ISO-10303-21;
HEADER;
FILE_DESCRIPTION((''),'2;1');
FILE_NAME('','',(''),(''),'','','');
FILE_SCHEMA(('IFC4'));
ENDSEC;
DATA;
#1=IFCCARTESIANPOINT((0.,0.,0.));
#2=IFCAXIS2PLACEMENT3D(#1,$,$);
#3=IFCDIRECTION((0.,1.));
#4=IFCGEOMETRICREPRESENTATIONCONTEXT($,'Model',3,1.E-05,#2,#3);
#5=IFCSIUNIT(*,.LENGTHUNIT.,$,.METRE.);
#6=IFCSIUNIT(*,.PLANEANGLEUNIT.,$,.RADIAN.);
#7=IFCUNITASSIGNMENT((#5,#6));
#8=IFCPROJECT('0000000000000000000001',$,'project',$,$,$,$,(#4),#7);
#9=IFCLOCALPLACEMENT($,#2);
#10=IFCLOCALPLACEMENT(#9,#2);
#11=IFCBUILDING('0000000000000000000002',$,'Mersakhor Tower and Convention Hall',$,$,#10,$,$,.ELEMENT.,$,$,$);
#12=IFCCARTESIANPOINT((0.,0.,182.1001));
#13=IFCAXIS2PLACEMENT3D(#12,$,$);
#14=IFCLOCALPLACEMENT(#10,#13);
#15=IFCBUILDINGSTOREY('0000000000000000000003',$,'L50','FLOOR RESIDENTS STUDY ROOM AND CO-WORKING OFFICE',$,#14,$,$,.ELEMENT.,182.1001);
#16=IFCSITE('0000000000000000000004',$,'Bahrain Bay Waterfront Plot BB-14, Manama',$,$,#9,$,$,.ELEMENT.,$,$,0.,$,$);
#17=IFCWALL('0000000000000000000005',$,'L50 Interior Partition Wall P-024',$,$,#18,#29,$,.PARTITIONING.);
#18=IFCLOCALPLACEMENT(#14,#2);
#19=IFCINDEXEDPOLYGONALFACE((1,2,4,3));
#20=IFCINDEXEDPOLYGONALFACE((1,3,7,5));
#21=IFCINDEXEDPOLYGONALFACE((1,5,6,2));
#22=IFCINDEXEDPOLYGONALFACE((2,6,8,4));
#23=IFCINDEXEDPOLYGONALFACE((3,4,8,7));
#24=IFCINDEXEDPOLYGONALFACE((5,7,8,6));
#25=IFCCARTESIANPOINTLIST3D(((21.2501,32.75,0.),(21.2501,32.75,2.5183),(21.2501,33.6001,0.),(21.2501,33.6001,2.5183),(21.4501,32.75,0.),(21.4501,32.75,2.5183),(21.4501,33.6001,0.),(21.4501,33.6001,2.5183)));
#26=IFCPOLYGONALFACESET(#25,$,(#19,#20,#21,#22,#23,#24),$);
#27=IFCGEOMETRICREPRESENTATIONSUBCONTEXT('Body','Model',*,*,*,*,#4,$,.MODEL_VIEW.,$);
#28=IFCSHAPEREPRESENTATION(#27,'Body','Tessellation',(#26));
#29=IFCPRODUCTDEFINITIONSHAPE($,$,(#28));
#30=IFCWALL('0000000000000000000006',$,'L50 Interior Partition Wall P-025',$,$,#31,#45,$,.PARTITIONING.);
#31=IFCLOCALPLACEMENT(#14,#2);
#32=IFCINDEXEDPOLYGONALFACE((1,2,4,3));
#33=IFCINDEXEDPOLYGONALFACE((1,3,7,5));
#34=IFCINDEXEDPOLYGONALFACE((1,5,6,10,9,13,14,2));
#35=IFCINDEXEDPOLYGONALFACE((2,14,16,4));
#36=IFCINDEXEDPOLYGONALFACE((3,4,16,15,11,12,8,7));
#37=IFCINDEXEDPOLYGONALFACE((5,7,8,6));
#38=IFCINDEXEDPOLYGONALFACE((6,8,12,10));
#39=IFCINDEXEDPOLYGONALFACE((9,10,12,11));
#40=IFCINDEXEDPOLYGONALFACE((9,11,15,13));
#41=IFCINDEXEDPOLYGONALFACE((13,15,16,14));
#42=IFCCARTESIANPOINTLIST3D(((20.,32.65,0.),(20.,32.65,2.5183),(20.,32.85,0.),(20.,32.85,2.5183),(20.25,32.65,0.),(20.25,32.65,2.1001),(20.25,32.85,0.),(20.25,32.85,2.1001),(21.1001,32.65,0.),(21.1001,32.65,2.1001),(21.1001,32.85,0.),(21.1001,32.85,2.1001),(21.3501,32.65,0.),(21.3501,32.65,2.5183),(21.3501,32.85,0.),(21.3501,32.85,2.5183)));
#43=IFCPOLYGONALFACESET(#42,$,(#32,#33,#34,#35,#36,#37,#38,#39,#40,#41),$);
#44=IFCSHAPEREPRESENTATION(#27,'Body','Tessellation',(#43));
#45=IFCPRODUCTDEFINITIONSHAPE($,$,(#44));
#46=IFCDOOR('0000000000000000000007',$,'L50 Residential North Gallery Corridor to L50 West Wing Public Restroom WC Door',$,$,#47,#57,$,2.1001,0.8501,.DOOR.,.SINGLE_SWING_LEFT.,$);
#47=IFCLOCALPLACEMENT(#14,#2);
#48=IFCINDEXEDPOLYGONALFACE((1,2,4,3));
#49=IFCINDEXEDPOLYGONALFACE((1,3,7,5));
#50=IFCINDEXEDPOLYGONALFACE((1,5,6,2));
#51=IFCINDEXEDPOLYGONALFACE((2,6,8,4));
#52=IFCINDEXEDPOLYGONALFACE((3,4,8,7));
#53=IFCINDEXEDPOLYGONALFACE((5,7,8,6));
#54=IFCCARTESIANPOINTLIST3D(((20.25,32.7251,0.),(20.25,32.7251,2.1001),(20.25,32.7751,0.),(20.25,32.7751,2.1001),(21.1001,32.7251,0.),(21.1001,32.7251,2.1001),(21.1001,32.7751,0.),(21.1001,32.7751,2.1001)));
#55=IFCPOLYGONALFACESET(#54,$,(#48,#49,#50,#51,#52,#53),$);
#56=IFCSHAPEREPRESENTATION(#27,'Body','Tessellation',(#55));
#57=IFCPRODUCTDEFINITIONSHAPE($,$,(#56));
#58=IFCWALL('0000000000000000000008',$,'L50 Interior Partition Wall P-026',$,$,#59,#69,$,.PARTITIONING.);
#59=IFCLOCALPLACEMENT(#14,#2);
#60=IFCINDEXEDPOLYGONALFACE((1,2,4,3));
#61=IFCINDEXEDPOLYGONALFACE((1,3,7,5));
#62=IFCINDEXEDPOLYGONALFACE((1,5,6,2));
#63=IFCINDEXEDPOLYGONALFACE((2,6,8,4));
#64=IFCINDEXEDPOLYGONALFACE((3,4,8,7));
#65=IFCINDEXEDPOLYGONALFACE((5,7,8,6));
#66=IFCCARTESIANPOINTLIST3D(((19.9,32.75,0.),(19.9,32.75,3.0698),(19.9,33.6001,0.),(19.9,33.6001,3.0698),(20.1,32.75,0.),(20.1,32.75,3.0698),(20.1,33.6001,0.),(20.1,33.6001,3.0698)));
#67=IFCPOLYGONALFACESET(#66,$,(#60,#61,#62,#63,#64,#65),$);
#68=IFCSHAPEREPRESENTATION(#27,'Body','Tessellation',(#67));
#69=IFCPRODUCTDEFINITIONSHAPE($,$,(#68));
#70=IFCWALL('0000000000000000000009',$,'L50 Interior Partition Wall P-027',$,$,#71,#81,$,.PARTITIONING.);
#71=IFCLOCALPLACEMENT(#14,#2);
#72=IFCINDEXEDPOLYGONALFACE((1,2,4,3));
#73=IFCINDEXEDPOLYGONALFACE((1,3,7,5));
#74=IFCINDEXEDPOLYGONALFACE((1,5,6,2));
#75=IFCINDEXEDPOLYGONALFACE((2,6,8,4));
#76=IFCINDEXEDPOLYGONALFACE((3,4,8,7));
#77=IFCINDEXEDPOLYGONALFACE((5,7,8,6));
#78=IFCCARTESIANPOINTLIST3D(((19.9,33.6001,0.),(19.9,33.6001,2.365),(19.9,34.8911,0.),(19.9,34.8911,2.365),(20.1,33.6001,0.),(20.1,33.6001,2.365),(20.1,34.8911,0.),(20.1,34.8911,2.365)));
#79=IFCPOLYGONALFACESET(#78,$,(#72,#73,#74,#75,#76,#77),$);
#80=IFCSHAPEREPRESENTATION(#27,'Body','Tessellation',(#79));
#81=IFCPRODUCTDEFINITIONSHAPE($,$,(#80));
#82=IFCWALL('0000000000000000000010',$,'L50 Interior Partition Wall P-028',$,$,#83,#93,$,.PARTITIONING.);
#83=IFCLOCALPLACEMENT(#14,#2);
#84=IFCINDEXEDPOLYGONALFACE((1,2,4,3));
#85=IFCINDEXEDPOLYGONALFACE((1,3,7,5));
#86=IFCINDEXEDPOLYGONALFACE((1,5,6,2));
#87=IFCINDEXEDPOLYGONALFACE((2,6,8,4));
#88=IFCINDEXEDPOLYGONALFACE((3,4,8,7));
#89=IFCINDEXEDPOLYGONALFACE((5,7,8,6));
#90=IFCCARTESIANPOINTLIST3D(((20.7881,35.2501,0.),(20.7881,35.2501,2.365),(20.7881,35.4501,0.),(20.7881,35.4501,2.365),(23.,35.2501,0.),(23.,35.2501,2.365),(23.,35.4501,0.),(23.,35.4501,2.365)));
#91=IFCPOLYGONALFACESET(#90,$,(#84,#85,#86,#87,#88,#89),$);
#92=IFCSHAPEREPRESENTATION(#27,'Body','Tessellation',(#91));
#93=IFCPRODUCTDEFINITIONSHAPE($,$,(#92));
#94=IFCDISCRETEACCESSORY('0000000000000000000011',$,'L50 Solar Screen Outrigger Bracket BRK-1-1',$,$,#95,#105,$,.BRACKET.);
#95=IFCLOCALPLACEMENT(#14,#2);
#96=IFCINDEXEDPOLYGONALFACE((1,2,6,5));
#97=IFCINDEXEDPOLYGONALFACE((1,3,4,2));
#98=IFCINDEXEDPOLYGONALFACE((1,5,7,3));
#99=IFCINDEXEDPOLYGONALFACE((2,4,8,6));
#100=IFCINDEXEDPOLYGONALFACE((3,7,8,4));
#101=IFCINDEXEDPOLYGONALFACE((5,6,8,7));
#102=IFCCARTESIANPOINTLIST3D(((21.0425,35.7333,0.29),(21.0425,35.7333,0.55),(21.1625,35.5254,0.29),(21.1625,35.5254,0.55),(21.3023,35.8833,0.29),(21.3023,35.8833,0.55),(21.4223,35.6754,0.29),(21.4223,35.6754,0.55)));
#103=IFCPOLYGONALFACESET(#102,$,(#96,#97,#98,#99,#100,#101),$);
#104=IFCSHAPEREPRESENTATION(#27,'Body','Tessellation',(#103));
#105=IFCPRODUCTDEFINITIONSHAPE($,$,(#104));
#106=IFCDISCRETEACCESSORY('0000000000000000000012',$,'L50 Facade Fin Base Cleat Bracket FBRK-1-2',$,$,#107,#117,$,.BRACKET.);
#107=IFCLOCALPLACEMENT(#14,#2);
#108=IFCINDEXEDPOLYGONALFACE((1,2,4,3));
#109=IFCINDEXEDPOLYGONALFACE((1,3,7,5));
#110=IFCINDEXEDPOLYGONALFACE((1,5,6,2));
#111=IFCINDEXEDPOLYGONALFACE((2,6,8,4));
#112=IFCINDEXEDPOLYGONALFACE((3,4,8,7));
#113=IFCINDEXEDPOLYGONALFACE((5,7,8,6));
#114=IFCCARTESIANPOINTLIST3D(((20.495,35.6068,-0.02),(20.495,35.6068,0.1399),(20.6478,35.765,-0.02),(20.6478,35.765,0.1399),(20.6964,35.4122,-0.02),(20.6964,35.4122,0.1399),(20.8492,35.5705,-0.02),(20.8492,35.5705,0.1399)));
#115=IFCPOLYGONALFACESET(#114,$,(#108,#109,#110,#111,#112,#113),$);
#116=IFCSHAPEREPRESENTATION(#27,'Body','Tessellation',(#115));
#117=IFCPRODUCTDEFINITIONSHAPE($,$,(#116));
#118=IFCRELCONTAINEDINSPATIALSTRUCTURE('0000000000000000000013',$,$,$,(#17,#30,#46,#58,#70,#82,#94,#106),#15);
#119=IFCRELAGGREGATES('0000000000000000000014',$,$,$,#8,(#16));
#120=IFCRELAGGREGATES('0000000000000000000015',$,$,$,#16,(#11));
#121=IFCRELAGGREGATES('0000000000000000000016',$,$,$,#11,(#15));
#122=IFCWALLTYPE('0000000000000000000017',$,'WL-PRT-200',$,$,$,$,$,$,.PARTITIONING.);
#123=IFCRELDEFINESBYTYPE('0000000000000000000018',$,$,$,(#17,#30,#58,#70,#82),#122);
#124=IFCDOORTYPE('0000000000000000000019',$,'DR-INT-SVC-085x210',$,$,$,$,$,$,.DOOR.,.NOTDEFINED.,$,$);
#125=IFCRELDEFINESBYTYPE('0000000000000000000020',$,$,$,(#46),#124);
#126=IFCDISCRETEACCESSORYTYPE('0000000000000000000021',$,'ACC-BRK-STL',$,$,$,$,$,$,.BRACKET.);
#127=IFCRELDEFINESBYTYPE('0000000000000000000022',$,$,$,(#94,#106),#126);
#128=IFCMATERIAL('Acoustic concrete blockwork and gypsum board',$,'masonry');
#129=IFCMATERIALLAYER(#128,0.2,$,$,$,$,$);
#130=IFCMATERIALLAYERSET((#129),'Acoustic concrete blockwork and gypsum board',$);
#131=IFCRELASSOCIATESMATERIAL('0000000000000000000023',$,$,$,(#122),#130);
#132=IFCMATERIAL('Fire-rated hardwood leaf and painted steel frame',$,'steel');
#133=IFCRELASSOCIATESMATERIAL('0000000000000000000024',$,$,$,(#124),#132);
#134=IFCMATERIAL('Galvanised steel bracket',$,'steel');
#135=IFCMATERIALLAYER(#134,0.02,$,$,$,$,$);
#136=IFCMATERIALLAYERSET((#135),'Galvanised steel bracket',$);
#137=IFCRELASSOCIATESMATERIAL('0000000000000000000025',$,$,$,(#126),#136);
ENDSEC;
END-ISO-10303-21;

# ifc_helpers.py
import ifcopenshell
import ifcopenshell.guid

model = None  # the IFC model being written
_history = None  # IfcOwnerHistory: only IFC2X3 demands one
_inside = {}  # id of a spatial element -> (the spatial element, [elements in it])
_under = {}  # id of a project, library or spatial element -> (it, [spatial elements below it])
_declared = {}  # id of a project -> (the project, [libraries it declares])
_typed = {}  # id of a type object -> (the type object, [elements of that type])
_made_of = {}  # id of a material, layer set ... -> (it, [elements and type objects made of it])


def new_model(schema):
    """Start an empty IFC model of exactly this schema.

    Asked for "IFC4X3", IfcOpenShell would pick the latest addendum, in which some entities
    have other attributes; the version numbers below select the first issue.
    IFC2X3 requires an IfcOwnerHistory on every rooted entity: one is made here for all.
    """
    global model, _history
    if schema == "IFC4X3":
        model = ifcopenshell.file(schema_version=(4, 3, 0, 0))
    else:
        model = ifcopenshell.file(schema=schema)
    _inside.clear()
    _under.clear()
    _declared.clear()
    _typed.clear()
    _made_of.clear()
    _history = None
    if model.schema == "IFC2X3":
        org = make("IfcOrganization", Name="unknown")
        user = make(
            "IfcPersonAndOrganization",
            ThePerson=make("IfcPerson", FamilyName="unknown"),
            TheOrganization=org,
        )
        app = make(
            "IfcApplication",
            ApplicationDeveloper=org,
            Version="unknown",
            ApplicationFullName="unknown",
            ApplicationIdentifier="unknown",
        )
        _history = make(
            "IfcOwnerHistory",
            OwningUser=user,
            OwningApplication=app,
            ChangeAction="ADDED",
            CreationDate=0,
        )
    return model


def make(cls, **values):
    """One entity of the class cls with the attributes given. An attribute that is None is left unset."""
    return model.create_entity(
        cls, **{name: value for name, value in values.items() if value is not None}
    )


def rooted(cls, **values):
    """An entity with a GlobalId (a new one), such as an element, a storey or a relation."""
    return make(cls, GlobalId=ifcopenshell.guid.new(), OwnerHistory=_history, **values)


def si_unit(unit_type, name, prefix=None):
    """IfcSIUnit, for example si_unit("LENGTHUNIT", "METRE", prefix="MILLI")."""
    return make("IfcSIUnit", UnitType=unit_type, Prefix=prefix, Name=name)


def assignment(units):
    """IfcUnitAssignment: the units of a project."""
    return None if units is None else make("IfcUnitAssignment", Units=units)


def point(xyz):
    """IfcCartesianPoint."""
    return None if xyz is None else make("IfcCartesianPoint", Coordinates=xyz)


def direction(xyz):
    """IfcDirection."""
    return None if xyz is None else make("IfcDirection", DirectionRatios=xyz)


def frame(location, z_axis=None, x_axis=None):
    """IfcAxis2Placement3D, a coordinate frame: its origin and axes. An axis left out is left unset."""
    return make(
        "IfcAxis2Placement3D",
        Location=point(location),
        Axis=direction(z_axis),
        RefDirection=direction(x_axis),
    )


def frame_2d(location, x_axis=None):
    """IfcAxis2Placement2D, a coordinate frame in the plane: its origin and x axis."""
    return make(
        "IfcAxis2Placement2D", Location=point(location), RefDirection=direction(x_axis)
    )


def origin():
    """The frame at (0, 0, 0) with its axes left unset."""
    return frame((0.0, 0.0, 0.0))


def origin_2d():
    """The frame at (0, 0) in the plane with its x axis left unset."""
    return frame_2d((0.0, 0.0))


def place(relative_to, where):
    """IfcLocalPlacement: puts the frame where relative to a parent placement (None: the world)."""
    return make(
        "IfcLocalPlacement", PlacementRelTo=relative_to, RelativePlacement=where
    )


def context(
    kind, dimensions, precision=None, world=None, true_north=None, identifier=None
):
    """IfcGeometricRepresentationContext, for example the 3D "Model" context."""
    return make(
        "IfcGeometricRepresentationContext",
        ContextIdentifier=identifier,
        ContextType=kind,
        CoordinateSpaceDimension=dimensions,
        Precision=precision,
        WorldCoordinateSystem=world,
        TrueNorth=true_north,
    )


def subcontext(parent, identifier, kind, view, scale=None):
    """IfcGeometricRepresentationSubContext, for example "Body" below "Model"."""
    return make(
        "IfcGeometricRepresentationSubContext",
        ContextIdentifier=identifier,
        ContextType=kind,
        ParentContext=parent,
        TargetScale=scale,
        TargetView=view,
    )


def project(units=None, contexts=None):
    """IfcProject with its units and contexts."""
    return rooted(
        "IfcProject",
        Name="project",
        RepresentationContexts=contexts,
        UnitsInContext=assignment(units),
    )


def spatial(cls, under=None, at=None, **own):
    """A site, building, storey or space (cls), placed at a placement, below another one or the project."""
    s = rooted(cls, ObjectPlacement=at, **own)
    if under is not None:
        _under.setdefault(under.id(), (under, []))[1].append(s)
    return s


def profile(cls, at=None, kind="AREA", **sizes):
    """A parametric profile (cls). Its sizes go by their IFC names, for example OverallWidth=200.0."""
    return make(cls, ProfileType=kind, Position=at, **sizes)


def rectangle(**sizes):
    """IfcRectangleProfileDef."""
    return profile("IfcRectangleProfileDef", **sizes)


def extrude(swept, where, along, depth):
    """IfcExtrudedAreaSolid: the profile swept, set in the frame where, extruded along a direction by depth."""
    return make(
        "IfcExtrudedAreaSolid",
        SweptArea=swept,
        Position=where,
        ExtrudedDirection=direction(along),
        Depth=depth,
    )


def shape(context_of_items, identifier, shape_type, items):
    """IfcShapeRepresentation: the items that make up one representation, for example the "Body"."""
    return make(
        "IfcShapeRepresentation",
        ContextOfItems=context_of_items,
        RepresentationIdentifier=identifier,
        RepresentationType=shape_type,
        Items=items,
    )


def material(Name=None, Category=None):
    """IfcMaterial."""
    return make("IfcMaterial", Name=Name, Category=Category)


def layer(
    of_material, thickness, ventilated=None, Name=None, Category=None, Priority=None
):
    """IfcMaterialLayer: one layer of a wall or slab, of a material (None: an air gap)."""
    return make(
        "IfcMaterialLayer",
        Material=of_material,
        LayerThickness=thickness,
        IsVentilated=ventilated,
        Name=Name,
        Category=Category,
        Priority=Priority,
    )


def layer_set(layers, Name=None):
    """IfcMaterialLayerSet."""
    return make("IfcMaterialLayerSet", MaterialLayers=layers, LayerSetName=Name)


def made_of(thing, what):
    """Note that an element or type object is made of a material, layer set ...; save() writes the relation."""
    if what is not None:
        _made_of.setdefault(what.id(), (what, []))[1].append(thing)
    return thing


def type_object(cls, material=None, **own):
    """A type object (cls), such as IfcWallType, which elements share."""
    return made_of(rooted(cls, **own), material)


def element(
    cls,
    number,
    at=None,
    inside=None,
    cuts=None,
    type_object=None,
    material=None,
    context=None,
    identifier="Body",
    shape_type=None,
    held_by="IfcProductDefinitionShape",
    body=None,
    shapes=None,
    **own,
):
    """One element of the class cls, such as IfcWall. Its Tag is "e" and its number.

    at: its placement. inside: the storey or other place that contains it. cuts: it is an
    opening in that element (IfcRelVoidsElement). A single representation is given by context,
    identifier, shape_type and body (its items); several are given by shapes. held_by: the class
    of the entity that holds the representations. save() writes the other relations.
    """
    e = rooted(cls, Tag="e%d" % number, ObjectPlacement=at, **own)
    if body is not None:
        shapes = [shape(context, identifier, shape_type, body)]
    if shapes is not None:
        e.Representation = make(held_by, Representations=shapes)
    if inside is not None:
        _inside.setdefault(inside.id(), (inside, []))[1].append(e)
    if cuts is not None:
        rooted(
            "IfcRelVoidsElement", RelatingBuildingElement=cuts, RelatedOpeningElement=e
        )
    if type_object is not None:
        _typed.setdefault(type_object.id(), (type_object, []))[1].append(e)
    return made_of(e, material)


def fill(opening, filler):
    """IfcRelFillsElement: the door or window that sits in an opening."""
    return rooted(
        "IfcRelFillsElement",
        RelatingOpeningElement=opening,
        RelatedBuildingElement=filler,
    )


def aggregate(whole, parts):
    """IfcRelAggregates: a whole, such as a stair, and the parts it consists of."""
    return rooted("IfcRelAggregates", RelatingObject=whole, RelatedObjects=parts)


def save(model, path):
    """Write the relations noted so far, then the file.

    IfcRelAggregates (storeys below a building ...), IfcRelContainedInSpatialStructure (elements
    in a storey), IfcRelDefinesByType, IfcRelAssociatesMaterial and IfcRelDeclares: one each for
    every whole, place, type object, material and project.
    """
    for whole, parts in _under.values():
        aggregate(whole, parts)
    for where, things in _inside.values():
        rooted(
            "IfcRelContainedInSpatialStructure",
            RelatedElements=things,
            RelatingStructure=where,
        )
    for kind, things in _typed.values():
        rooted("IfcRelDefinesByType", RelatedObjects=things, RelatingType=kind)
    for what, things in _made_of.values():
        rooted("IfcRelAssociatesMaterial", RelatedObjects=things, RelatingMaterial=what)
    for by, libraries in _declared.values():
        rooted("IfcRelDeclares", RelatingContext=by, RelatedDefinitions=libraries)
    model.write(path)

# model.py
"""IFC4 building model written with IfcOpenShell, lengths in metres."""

from ifc_helpers import new_model, si_unit, direction, frame, frame_2d, origin, origin_2d, place, context, subcontext, project, spatial, rectangle, extrude, material, layer, layer_set, type_object, element, fill, save


model = new_model("IFC4")

# Units and contexts
model_context = context("Model", 3, precision=1e-05, world=origin(), true_north=direction((0.0, 1.0)))
body_context = subcontext(model_context, "Body", "Model", "MODEL_VIEW")
ifc_project = project(units=[si_unit("LENGTHUNIT", "METRE"), si_unit("PLANEANGLEUNIT", "RADIAN")], contexts=[model_context])

# Site, building, storey
site_placement = place(None, origin())
site = spatial("IfcSite", under=ifc_project, at=site_placement, Name="Bahrain Bay Waterfront Plot BB-14, Manama", CompositionType="ELEMENT", RefElevation=0.0)
building_placement = place(site_placement, origin())
building = spatial("IfcBuilding", under=site, at=building_placement, Name="Mersakhor Tower and Convention Hall", CompositionType="ELEMENT")
storey_placement = place(building_placement, frame((0.0, 0.0, 182.1001)))
storey = spatial("IfcBuildingStorey", under=building, at=storey_placement, Name="L50", Description="FLOOR RESIDENTS STUDY ROOM AND CO-WORKING OFFICE", CompositionType="ELEMENT", Elevation=182.1001)

# Wall
ifc_material_1 = material(Name="Acoustic concrete blockwork and gypsum board", Category="masonry")
ifc_layer_1 = layer(ifc_material_1, 0.2)
ifc_layer_set_1 = layer_set([ifc_layer_1], Name="Acoustic concrete blockwork and gypsum board")
wall_type_1 = type_object("IfcWallType", Name="WL-PRT-200", PredefinedType="PARTITIONING", material=ifc_layer_set_1)
wall_1_placement = place(storey_placement, frame((21.3501, 33.6001, 0.0), z_axis=(0.0, 0.0, 1.0), x_axis=(0.0, -1.0, 0.0)))
element("IfcWall", 1, at=wall_1_placement, inside=storey, type_object=wall_type_1, Name="L50 Interior Partition Wall P-024", PredefinedType="PARTITIONING", context=body_context, shape_type="SweptSolid", body=[
    extrude(rectangle(XDim=0.8501, YDim=0.2, at=frame_2d((0.425, 0.0))), origin(), (0.0, 0.0, 1.0), 2.5183),
])

# Wall, opening, door
wall_2_placement = place(storey_placement, frame((21.3501, 32.75, 0.0), z_axis=(0.0, 0.0, 1.0), x_axis=(-1.0, 0.0, 0.0)))
wall_2 = element("IfcWall", 2, at=wall_2_placement, inside=storey, type_object=wall_type_1, Name="L50 Interior Partition Wall P-025", PredefinedType="PARTITIONING", context=body_context, shape_type="SweptSolid", body=[
    extrude(rectangle(XDim=1.3501, YDim=0.2, at=frame_2d((0.675, 0.0))), origin(), (0.0, 0.0, 1.0), 2.5183),
])
opening_placement = place(wall_2_placement, frame((0.25, 0.0, 0.0)))
opening = element("IfcOpeningElement", 3, at=opening_placement, cuts=wall_2, PredefinedType="OPENING", context=body_context, shape_type="SweptSolid", body=[
    extrude(rectangle(XDim=0.8501, YDim=2.1001, at=frame_2d((0.425, 1.05))), frame((0.0, 0.1099, 0.0), z_axis=(0.0, -1.0, 0.0), x_axis=(1.0, 0.0, 0.0)), (0.0, 0.0, 1.0), 0.22),
])
ifc_material_2 = material(Name="Fire-rated hardwood leaf and painted steel frame", Category="steel")
door_type = type_object("IfcDoorType", Name="DR-INT-SVC-085x210", OperationType="NOTDEFINED", PredefinedType="DOOR", material=ifc_material_2)
door_placement = place(opening_placement, origin())
door = element("IfcDoor", 4, at=door_placement, inside=storey, type_object=door_type, Name="L50 Residential North Gallery Corridor to L50 West Wing Public Restroom WC Door", OperationType="SINGLE_SWING_LEFT", OverallHeight=2.1001, OverallWidth=0.8501, PredefinedType="DOOR", context=body_context, shape_type="SweptSolid", body=[
    extrude(rectangle(XDim=0.8501, YDim=2.1001, at=frame_2d((0.425, 1.05))), frame((0.0, 0.0249, 0.0), z_axis=(0.0, -1.0, 0.0), x_axis=(1.0, 0.0, 0.0)), (0.0, 0.0, 1.0), 0.05),
])
fill(opening, door)

# Walls
wall_3_placement = place(storey_placement, frame((20.0, 32.75, 0.0), z_axis=(0.0, 0.0, 1.0), x_axis=(0.0, 1.0, 0.0)))
element("IfcWall", 5, at=wall_3_placement, inside=storey, type_object=wall_type_1, Name="L50 Interior Partition Wall P-026", PredefinedType="PARTITIONING", context=body_context, shape_type="SweptSolid", body=[
    extrude(rectangle(XDim=0.8501, YDim=0.2, at=frame_2d((0.425, 0.0))), origin(), (0.0, 0.0, 1.0), 3.0698),
])
wall_4_placement = place(storey_placement, frame((20.0, 33.6001, 0.0), z_axis=(0.0, 0.0, 1.0), x_axis=(0.0, 1.0, 0.0)))
element("IfcWall", 6, at=wall_4_placement, inside=storey, type_object=wall_type_1, Name="L50 Interior Partition Wall P-027", PredefinedType="PARTITIONING", context=body_context, shape_type="SweptSolid", body=[
    extrude(rectangle(XDim=1.291, YDim=0.2, at=frame_2d((0.6455, 0.0))), origin(), (0.0, 0.0, 1.0), 2.365),
])
wall_5_placement = place(storey_placement, frame((20.7881, 35.3501, 0.0), z_axis=(0.0, 0.0, 1.0), x_axis=(1.0, 0.0, 0.0)))
element("IfcWall", 7, at=wall_5_placement, inside=storey, type_object=wall_type_1, Name="L50 Interior Partition Wall P-028", PredefinedType="PARTITIONING", context=body_context, shape_type="SweptSolid", body=[
    extrude(rectangle(XDim=2.2119, YDim=0.2, at=frame_2d((1.106, 0.0))), origin(), (0.0, 0.0, 1.0), 2.365),
])

# Discrete accessories
ifc_material_3 = material(Name="Galvanised steel bracket", Category="steel")
ifc_layer_2 = layer(ifc_material_3, 0.02)
ifc_layer_set_2 = layer_set([ifc_layer_2], Name="Galvanised steel bracket")
discrete_accessory_type = type_object("IfcDiscreteAccessoryType", Name="ACC-BRK-STL", PredefinedType="BRACKET", material=ifc_layer_set_2)
discrete_accessory_1_placement = place(storey_placement, frame((21.2324, 35.7043, 0.29), z_axis=(0.0, 0.0, 1.0), x_axis=(0.866025, 0.5, 0.0)))
element("IfcDiscreteAccessory", 8, at=discrete_accessory_1_placement, inside=storey, type_object=discrete_accessory_type, Name="L50 Solar Screen Outrigger Bracket BRK-1-1", PredefinedType="BRACKET", context=body_context, shape_type="SweptSolid", body=[
    extrude(rectangle(XDim=0.3, YDim=0.24, at=origin_2d()), origin(), (0.0, 0.0, 1.0), 0.26),
])
discrete_accessory_2_placement = place(storey_placement, frame((20.6721, 35.5886, -0.02), z_axis=(0.0, 0.0, 1.0), x_axis=(-0.71934, 0.694658, 0.0)))
element("IfcDiscreteAccessory", 9, at=discrete_accessory_2_placement, inside=storey, type_object=discrete_accessory_type, Name="L50 Facade Fin Base Cleat Bracket FBRK-1-2", PredefinedType="BRACKET", context=body_context, shape_type="SweptSolid", body=[
    extrude(rectangle(XDim=0.28, YDim=0.22, at=origin_2d()), origin(), (0.0, 0.0, 1.0), 0.1599),
])

save(model, "model.ifc")
